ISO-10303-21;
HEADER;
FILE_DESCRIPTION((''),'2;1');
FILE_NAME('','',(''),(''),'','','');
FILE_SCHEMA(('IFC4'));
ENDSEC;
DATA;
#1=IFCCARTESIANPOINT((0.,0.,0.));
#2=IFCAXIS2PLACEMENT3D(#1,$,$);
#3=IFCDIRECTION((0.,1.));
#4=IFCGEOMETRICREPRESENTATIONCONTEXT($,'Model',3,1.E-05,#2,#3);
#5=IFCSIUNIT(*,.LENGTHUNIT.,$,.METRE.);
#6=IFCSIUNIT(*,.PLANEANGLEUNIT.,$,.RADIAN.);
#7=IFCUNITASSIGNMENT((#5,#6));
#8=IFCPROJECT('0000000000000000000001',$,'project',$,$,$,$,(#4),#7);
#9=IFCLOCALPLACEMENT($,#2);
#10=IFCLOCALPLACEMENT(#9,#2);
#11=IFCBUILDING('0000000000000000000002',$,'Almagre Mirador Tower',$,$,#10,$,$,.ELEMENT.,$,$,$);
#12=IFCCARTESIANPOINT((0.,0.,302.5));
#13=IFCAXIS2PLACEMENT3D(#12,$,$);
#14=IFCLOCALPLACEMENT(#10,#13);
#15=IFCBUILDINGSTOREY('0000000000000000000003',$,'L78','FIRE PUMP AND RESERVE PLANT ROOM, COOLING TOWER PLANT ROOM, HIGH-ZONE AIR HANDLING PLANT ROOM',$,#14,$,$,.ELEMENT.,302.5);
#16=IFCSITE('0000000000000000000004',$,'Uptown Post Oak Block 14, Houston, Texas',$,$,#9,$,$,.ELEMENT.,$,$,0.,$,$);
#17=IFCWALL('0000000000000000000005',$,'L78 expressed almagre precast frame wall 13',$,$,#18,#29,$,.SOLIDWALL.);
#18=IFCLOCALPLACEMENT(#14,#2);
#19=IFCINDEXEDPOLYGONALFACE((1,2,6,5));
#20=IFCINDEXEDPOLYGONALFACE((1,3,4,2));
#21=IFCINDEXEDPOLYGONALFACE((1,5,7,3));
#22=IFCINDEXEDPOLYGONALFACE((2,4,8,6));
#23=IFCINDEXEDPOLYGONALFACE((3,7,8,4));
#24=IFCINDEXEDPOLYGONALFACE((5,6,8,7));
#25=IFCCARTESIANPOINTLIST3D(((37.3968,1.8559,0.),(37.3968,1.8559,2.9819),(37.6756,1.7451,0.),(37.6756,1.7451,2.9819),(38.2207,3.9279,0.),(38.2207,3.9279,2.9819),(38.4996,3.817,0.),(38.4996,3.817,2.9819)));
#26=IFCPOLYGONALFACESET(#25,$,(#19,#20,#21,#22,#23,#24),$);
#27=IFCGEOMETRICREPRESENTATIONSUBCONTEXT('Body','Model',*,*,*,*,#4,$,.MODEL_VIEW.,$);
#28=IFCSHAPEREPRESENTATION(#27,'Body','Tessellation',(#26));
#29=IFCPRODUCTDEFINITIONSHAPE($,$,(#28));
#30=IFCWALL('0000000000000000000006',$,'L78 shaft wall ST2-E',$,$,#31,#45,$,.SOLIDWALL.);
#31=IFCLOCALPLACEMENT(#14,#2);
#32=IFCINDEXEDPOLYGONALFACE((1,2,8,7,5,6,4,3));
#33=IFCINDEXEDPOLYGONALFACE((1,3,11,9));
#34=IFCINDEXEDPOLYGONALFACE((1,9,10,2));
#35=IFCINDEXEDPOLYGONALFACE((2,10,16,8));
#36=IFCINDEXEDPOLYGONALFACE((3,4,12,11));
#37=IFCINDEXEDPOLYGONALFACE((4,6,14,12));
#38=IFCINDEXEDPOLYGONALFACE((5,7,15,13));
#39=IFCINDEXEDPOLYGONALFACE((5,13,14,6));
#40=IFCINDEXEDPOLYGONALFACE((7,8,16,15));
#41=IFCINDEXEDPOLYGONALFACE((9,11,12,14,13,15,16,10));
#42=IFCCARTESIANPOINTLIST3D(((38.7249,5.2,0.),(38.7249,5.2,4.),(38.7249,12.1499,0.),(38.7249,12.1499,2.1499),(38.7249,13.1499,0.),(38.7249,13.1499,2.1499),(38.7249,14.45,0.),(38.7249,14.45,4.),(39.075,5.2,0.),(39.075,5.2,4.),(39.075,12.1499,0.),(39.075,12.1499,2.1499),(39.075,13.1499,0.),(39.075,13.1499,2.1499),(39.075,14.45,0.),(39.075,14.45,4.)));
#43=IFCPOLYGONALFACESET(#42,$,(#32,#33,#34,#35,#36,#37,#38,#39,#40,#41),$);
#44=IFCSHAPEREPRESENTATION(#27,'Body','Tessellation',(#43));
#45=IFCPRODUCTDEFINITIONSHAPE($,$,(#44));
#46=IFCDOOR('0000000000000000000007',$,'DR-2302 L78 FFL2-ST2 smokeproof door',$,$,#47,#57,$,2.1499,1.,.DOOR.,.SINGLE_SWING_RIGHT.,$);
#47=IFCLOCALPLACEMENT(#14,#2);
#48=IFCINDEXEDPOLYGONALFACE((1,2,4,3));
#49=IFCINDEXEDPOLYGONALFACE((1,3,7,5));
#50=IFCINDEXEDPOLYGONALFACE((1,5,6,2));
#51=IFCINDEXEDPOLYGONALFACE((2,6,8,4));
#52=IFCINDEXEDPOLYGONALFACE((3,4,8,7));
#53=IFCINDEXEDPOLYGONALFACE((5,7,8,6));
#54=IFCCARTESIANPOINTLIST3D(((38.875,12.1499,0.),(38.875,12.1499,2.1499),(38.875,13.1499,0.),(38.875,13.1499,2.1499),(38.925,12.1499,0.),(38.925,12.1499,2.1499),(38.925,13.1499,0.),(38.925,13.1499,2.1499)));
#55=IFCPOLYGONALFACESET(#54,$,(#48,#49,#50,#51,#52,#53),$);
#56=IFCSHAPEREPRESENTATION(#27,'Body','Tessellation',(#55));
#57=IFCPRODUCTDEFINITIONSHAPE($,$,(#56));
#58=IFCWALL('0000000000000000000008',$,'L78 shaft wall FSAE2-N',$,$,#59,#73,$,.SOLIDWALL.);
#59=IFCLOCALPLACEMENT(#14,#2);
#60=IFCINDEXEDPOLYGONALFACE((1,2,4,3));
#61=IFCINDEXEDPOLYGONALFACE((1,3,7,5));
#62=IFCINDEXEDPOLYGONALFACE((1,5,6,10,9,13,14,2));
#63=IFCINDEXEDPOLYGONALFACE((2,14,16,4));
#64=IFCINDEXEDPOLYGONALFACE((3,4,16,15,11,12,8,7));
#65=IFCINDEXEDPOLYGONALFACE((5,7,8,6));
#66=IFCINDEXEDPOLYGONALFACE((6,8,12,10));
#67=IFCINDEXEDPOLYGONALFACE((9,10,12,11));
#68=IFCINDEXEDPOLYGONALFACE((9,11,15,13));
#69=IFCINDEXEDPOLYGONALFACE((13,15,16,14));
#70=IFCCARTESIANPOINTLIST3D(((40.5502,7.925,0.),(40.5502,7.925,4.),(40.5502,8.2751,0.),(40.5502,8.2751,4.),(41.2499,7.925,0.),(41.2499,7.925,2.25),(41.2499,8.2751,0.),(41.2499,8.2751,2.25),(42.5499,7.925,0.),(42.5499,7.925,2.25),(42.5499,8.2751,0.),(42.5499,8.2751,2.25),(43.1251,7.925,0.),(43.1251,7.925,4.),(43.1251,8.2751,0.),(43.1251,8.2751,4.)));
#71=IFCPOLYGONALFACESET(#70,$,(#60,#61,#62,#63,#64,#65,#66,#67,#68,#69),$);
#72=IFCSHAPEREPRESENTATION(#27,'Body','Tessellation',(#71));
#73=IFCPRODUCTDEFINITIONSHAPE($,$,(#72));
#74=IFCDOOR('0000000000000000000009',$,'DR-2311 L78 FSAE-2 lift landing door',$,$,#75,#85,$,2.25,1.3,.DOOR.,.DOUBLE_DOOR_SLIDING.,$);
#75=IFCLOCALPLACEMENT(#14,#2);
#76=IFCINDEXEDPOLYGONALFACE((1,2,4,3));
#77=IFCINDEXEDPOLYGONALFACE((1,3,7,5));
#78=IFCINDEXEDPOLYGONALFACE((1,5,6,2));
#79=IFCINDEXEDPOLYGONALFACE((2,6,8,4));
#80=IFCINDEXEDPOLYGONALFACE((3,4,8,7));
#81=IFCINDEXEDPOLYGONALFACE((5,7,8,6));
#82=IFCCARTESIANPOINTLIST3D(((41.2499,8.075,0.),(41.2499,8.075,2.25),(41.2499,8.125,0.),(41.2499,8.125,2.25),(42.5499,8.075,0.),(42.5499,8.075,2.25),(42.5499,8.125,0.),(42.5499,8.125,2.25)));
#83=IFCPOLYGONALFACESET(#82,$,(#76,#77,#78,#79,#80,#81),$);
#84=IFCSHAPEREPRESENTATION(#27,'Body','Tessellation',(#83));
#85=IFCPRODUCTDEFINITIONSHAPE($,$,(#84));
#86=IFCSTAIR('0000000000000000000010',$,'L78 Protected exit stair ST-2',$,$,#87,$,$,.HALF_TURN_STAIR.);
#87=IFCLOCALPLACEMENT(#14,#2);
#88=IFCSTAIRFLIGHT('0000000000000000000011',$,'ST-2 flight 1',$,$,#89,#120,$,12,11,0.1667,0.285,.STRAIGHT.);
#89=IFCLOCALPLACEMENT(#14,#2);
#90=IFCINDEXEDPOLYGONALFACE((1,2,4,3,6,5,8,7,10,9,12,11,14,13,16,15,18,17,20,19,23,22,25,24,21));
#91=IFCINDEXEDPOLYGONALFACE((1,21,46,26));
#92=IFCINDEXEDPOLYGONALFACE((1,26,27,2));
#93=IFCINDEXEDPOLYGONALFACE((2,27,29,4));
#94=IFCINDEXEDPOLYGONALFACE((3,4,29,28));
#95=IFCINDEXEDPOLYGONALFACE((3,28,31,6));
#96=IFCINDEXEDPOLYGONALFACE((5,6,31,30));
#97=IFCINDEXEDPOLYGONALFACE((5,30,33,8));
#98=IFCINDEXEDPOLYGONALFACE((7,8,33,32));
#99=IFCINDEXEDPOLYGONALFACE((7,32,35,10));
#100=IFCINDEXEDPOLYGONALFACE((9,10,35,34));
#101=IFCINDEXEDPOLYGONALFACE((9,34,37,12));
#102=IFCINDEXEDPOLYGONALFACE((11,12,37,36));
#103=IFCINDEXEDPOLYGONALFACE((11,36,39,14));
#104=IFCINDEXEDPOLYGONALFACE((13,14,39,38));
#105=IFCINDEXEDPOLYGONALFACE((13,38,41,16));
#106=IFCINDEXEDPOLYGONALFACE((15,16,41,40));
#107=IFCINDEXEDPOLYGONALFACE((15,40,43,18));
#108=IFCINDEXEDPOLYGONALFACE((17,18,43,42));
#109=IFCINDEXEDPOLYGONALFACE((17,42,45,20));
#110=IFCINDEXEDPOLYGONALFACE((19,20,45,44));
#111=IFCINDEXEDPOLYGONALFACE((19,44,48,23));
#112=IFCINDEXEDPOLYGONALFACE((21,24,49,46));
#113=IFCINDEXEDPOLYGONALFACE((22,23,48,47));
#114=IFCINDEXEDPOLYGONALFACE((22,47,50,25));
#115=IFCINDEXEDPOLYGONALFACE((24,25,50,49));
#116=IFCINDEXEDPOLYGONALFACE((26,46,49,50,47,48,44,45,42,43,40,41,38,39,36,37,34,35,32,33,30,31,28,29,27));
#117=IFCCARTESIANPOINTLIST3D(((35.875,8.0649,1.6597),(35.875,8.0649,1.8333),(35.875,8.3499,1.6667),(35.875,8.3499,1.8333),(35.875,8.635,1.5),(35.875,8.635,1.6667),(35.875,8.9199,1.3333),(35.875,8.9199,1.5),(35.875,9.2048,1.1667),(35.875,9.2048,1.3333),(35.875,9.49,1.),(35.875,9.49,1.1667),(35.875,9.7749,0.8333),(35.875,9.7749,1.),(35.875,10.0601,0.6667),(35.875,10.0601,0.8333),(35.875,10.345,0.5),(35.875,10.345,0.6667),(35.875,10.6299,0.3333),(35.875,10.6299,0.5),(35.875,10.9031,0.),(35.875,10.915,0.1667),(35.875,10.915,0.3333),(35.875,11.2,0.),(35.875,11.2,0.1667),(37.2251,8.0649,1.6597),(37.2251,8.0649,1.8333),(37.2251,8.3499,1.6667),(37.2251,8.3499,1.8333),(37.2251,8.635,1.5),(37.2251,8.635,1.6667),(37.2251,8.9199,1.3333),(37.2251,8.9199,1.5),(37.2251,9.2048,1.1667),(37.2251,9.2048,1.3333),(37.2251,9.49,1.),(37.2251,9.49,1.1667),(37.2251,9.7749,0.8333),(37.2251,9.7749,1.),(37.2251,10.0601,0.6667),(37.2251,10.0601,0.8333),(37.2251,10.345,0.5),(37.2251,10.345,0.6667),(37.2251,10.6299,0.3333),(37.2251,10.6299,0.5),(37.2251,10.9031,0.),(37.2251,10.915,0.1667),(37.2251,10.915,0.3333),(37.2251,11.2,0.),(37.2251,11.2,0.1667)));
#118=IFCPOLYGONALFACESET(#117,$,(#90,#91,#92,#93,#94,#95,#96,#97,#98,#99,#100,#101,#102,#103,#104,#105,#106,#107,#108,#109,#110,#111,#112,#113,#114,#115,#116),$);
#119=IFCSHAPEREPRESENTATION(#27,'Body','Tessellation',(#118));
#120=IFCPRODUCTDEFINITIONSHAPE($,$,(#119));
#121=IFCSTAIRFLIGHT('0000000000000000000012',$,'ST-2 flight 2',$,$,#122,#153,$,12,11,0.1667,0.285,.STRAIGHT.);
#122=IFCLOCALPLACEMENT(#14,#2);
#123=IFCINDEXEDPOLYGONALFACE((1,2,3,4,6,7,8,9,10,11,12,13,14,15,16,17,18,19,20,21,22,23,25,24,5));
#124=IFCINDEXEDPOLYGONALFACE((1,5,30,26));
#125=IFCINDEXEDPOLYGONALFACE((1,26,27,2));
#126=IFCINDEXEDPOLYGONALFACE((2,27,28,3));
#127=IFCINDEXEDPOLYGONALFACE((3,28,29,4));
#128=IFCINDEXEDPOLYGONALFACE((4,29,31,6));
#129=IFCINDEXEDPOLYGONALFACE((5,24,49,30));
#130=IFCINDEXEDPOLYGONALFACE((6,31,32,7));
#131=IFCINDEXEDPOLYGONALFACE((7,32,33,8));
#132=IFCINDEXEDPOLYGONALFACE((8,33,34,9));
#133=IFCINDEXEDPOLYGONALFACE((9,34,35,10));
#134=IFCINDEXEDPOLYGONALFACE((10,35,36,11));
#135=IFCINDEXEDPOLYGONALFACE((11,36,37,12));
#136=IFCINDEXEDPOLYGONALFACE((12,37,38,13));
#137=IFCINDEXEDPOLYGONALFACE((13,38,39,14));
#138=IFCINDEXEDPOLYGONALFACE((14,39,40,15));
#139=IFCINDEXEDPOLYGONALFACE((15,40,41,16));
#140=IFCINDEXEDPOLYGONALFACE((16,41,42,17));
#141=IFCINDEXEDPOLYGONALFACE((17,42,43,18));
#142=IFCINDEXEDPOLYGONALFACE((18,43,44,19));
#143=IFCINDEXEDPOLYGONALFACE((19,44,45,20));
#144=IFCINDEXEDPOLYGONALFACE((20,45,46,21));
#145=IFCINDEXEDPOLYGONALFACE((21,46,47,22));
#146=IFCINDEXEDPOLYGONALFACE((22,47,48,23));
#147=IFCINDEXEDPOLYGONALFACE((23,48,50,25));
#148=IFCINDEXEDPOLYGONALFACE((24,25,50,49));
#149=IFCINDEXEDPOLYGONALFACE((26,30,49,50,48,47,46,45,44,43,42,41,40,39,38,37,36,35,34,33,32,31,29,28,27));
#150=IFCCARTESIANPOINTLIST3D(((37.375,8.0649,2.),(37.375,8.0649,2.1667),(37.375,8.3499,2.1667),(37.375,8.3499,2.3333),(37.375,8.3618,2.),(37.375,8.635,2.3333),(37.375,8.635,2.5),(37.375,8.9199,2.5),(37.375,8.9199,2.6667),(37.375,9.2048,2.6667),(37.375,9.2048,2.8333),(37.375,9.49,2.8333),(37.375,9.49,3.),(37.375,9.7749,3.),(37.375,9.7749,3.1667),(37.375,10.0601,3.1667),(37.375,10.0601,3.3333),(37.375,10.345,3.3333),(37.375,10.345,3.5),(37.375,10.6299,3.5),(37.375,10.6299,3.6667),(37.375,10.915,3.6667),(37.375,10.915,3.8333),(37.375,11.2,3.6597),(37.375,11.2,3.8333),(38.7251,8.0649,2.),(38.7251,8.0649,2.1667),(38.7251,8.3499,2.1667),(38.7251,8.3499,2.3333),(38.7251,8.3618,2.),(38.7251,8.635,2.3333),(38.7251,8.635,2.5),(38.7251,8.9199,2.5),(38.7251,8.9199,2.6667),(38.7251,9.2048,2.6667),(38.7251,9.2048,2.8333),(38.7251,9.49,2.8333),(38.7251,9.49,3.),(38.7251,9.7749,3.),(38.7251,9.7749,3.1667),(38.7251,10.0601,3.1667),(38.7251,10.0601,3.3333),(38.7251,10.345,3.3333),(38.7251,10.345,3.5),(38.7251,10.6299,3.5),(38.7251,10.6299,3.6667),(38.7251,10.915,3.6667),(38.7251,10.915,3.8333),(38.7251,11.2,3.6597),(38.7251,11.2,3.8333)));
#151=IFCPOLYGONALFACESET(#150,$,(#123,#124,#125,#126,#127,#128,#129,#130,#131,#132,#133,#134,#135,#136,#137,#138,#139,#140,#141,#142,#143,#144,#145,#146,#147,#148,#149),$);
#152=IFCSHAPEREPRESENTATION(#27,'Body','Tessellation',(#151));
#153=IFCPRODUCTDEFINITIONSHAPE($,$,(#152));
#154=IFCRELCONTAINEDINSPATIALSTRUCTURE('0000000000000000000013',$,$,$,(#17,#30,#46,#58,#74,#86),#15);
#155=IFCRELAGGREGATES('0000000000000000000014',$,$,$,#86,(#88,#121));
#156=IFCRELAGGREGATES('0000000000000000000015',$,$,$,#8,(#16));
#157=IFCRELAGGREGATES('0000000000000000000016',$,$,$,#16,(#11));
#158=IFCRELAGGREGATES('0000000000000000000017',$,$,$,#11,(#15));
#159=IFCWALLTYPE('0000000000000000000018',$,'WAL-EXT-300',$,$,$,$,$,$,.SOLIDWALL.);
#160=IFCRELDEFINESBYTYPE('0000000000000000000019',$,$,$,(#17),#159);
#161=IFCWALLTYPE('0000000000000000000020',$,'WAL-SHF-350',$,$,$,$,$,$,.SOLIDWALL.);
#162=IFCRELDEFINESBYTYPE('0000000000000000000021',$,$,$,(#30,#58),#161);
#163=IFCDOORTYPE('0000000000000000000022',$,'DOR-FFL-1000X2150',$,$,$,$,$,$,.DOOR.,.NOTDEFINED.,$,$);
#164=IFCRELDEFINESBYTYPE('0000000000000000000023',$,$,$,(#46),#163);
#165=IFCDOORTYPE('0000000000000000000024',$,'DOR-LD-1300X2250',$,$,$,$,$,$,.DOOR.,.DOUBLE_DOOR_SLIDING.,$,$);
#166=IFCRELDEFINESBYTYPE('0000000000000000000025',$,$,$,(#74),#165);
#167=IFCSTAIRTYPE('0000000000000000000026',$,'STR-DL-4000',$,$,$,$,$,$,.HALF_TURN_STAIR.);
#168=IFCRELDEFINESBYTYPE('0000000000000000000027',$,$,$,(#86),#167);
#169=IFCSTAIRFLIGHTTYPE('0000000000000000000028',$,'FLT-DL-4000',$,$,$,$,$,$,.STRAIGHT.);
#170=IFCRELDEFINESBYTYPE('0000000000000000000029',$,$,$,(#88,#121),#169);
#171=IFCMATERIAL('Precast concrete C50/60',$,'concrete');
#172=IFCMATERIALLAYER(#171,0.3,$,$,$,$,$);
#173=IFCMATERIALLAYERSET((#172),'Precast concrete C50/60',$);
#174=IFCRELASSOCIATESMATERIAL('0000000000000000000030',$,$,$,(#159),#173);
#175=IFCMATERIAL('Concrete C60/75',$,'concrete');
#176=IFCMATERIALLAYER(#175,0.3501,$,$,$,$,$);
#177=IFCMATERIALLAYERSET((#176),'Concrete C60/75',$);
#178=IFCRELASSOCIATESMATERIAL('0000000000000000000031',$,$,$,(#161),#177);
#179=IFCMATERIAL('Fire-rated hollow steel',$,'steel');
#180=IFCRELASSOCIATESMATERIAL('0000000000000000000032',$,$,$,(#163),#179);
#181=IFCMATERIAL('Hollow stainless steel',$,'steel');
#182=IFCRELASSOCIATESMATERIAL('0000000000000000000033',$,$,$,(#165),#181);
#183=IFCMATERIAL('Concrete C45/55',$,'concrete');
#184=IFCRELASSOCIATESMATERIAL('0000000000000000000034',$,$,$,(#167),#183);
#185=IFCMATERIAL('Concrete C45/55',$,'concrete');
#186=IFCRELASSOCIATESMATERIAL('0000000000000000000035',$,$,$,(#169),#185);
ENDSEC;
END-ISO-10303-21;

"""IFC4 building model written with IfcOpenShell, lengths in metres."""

from ifc_helpers import new_model, si_unit, direction, frame, frame_2d, origin, place, context, subcontext, project, spatial, polyline, rectangle, outline, extrude, material, layer, layer_set, type_object, element, fill, aggregate, save


model = new_model("IFC4")

# Units and contexts
model_context = context("Model", 3, precision=1e-05, world=origin(), true_north=direction((0.0, 1.0)))
body_context = subcontext(model_context, "Body", "Model", "MODEL_VIEW")
ifc_project = project(units=[si_unit("LENGTHUNIT", "METRE"), si_unit("PLANEANGLEUNIT", "RADIAN")], contexts=[model_context])

# Site, building, storey
site_placement = place(None, origin())
site = spatial("IfcSite", under=ifc_project, at=site_placement, Name="Uptown Post Oak Block 14, Houston, Texas", CompositionType="ELEMENT", RefElevation=0.0)
building_placement = place(site_placement, origin())
building = spatial("IfcBuilding", under=site, at=building_placement, Name="Almagre Mirador Tower", CompositionType="ELEMENT")
storey_placement = place(building_placement, frame((0.0, 0.0, 302.5)))
storey = spatial("IfcBuildingStorey", under=building, at=storey_placement, Name="L78", Description="FIRE PUMP AND RESERVE PLANT ROOM, COOLING TOWER PLANT ROOM, HIGH-ZONE AIR HANDLING PLANT ROOM", CompositionType="ELEMENT", Elevation=302.5)

# Wall
ifc_material_1 = material(Name="Precast concrete C50/60", Category="concrete")
ifc_layer_1 = layer(ifc_material_1, 0.3)
ifc_layer_set_1 = layer_set([ifc_layer_1], Name="Precast concrete C50/60")
wall_type_1 = type_object("IfcWallType", Name="WAL-EXT-300", PredefinedType="SOLIDWALL", material=ifc_layer_set_1)
wall_1_placement = place(storey_placement, frame((38.3601, 3.8723, 0.0), z_axis=(0.0, 0.0, 1.0), x_axis=(-0.369521, -0.929222, 0.0)))
element("IfcWall", 1, at=wall_1_placement, inside=storey, type_object=wall_type_1, Name="L78 expressed almagre precast frame wall 13", PredefinedType="SOLIDWALL", context=body_context, shape_type="SweptSolid", body=[
    extrude(rectangle(XDim=2.2297, YDim=0.3, at=frame_2d((1.1147, 0.0))), origin(), (0.0, 0.0, 1.0), 2.9819),
])

# Walls, openings, doors
ifc_material_2 = material(Name="Concrete C60/75", Category="concrete")
ifc_layer_2 = layer(ifc_material_2, 0.3501)
ifc_layer_set_2 = layer_set([ifc_layer_2], Name="Concrete C60/75")
wall_type_2 = type_object("IfcWallType", Name="WAL-SHF-350", PredefinedType="SOLIDWALL", material=ifc_layer_set_2)
wall_2_placement = place(storey_placement, frame((38.8999, 5.2, 0.0), z_axis=(0.0, 0.0, 1.0), x_axis=(0.0, 1.0, 0.0)))
wall_2 = element("IfcWall", 2, at=wall_2_placement, inside=storey, type_object=wall_type_2, Name="L78 shaft wall ST2-E", PredefinedType="SOLIDWALL", context=body_context, shape_type="SweptSolid", body=[
    extrude(rectangle(XDim=9.25, YDim=0.3501, at=frame_2d((4.625, 0.0))), origin(), (0.0, 0.0, 1.0), 4.0),
])
opening_1_placement = place(wall_2_placement, frame((6.95, 0.0, 0.0)))
opening_1 = element("IfcOpeningElement", 3, at=opening_1_placement, cuts=wall_2, PredefinedType="OPENING", context=body_context, shape_type="SweptSolid", body=[
    extrude(rectangle(XDim=1.0, YDim=2.1499, at=frame_2d((0.5, 1.075))), frame((0.0, 0.185, 0.0), z_axis=(0.0, -1.0, 0.0), x_axis=(1.0, 0.0, 0.0)), (0.0, 0.0, 1.0), 0.3701),
])
ifc_material_3 = material(Name="Fire-rated hollow steel", Category="steel")
door_type_1 = type_object("IfcDoorType", Name="DOR-FFL-1000X2150", OperationType="NOTDEFINED", PredefinedType="DOOR", material=ifc_material_3)
door_1_placement = place(opening_1_placement, origin())
door_1 = element("IfcDoor", 4, at=door_1_placement, inside=storey, type_object=door_type_1, Name="DR-2302 L78 FFL2-ST2 smokeproof door", OperationType="SINGLE_SWING_RIGHT", OverallHeight=2.1499, OverallWidth=1.0, PredefinedType="DOOR", context=body_context, shape_type="SweptSolid", body=[
    extrude(rectangle(XDim=1.0, YDim=2.1499, at=frame_2d((0.5, 1.075))), frame((0.0, 0.0249, 0.0), z_axis=(0.0, -1.0, 0.0), x_axis=(1.0, 0.0, 0.0)), (0.0, 0.0, 1.0), 0.05),
])
fill(opening_1, door_1)
wall_3_placement = place(storey_placement, frame((40.55, 8.1001, 0.0), z_axis=(0.0, 0.0, 1.0), x_axis=(1.0, 0.0, 0.0)))
wall_3 = element("IfcWall", 5, at=wall_3_placement, inside=storey, type_object=wall_type_2, Name="L78 shaft wall FSAE2-N", PredefinedType="SOLIDWALL", context=body_context, shape_type="SweptSolid", body=[
    extrude(rectangle(XDim=2.575, YDim=0.3501, at=frame_2d((1.2876, 0.0))), origin(), (0.0, 0.0, 1.0), 4.0),
])
opening_2_placement = place(wall_3_placement, frame((0.7, 0.0, 0.0)))
opening_2 = element("IfcOpeningElement", 6, at=opening_2_placement, cuts=wall_3, PredefinedType="OPENING", context=body_context, shape_type="SweptSolid", body=[
    extrude(rectangle(XDim=1.3, YDim=2.25, at=frame_2d((0.6499, 1.125))), frame((0.0, 0.185, 0.0), z_axis=(0.0, -1.0, 0.0), x_axis=(1.0, 0.0, 0.0)), (0.0, 0.0, 1.0), 0.3701),
])
ifc_material_4 = material(Name="Hollow stainless steel", Category="steel")
door_type_2 = type_object("IfcDoorType", Name="DOR-LD-1300X2250", OperationType="DOUBLE_DOOR_SLIDING", PredefinedType="DOOR", material=ifc_material_4)
door_2_placement = place(opening_2_placement, origin())
door_2 = element("IfcDoor", 7, at=door_2_placement, inside=storey, type_object=door_type_2, Name="DR-2311 L78 FSAE-2 lift landing door", OperationType="DOUBLE_DOOR_SLIDING", OverallHeight=2.25, OverallWidth=1.3, PredefinedType="DOOR", context=body_context, shape_type="SweptSolid", body=[
    extrude(rectangle(XDim=1.3, YDim=2.25, at=frame_2d((0.6499, 1.125))), frame((0.0, 0.0249, 0.0), z_axis=(0.0, -1.0, 0.0), x_axis=(1.0, 0.0, 0.0)), (0.0, 0.0, 1.0), 0.05),
])
fill(opening_2, door_2)

# Stair, stair flights
ifc_material_5 = material(Name="Concrete C45/55", Category="concrete")
stair_type = type_object("IfcStairType", Name="STR-DL-4000", PredefinedType="HALF_TURN_STAIR", material=ifc_material_5)
stair_placement = place(storey_placement, origin())
stair = element("IfcStair", 8, at=stair_placement, inside=storey, type_object=stair_type, Name="L78 Protected exit stair ST-2", PredefinedType="HALF_TURN_STAIR")
ifc_material_6 = material(Name="Concrete C45/55", Category="concrete")
stair_flight_type = type_object("IfcStairFlightType", Name="FLT-DL-4000", PredefinedType="STRAIGHT", material=ifc_material_6)
stair_flight_1_placement = place(storey_placement, frame((36.55, 11.2, 0.0), z_axis=(0.0, 0.0, 1.0), x_axis=(0.0, -1.0, 0.0)))
stair_flight_1 = element("IfcStairFlight", 9, at=stair_flight_1_placement, type_object=stair_flight_type, Name="ST-2 flight 1", NumberOfRisers=12, NumberOfTreads=11, PredefinedType="STRAIGHT", RiserHeight=0.1667, TreadLength=0.285, context=body_context, shape_type="SweptSolid", body=[
    extrude(outline(polyline([(0.0, 0.0), (0.0, 0.1667), (0.2849, 0.1667), (0.2849, 0.3333), (0.5701, 0.3333), (0.5701, 0.5), (0.855, 0.5), (0.855, 0.6667), (1.1399, 0.6667), (1.1399, 0.8333), (1.425, 0.8333), (1.425, 1.0), (1.71, 1.0), (1.71, 1.1667), (1.9951, 1.1667), (1.9951, 1.3333), (2.28, 1.3333), (2.28, 1.5), (2.5649, 1.5), (2.5649, 1.6667), (2.8501, 1.6667), (2.8501, 1.8333), (3.135, 1.8333), (3.135, 2.0), (3.135, 1.6597), (0.2969, 0.0), (0.0, 0.0)])), frame((0.0, 0.675, 0.0), z_axis=(0.0, -1.0, 0.0), x_axis=(1.0, 0.0, 0.0)), (0.0, 0.0, 1.0), 1.3501),
])
stair_flight_2_placement = place(storey_placement, frame((38.05, 8.0649, 2.0), z_axis=(0.0, 0.0, 1.0), x_axis=(0.0, 1.0, 0.0)))
stair_flight_2 = element("IfcStairFlight", 10, at=stair_flight_2_placement, type_object=stair_flight_type, Name="ST-2 flight 2", NumberOfRisers=12, NumberOfTreads=11, PredefinedType="STRAIGHT", RiserHeight=0.1667, TreadLength=0.285, context=body_context, shape_type="SweptSolid", body=[
    extrude(outline(polyline([(0.0, 0.0), (0.0, 0.1667), (0.2849, 0.1667), (0.2849, 0.3333), (0.5701, 0.3333), (0.5701, 0.5), (0.855, 0.5), (0.855, 0.6667), (1.1399, 0.6667), (1.1399, 0.8333), (1.425, 0.8333), (1.425, 1.0), (1.71, 1.0), (1.71, 1.1667), (1.9951, 1.1667), (1.9951, 1.3333), (2.28, 1.3333), (2.28, 1.5), (2.5649, 1.5), (2.5649, 1.6667), (2.8501, 1.6667), (2.8501, 1.8333), (3.135, 1.8333), (3.135, 2.0), (3.135, 1.6597), (0.2969, 0.0), (0.0, 0.0)])), frame((0.0, 0.675, 0.0), z_axis=(0.0, -1.0, 0.0), x_axis=(1.0, 0.0, 0.0)), (0.0, 0.0, 1.0), 1.3501),
])
aggregate(stair, [stair_flight_1, stair_flight_2])

save(model, "model.ifc")
